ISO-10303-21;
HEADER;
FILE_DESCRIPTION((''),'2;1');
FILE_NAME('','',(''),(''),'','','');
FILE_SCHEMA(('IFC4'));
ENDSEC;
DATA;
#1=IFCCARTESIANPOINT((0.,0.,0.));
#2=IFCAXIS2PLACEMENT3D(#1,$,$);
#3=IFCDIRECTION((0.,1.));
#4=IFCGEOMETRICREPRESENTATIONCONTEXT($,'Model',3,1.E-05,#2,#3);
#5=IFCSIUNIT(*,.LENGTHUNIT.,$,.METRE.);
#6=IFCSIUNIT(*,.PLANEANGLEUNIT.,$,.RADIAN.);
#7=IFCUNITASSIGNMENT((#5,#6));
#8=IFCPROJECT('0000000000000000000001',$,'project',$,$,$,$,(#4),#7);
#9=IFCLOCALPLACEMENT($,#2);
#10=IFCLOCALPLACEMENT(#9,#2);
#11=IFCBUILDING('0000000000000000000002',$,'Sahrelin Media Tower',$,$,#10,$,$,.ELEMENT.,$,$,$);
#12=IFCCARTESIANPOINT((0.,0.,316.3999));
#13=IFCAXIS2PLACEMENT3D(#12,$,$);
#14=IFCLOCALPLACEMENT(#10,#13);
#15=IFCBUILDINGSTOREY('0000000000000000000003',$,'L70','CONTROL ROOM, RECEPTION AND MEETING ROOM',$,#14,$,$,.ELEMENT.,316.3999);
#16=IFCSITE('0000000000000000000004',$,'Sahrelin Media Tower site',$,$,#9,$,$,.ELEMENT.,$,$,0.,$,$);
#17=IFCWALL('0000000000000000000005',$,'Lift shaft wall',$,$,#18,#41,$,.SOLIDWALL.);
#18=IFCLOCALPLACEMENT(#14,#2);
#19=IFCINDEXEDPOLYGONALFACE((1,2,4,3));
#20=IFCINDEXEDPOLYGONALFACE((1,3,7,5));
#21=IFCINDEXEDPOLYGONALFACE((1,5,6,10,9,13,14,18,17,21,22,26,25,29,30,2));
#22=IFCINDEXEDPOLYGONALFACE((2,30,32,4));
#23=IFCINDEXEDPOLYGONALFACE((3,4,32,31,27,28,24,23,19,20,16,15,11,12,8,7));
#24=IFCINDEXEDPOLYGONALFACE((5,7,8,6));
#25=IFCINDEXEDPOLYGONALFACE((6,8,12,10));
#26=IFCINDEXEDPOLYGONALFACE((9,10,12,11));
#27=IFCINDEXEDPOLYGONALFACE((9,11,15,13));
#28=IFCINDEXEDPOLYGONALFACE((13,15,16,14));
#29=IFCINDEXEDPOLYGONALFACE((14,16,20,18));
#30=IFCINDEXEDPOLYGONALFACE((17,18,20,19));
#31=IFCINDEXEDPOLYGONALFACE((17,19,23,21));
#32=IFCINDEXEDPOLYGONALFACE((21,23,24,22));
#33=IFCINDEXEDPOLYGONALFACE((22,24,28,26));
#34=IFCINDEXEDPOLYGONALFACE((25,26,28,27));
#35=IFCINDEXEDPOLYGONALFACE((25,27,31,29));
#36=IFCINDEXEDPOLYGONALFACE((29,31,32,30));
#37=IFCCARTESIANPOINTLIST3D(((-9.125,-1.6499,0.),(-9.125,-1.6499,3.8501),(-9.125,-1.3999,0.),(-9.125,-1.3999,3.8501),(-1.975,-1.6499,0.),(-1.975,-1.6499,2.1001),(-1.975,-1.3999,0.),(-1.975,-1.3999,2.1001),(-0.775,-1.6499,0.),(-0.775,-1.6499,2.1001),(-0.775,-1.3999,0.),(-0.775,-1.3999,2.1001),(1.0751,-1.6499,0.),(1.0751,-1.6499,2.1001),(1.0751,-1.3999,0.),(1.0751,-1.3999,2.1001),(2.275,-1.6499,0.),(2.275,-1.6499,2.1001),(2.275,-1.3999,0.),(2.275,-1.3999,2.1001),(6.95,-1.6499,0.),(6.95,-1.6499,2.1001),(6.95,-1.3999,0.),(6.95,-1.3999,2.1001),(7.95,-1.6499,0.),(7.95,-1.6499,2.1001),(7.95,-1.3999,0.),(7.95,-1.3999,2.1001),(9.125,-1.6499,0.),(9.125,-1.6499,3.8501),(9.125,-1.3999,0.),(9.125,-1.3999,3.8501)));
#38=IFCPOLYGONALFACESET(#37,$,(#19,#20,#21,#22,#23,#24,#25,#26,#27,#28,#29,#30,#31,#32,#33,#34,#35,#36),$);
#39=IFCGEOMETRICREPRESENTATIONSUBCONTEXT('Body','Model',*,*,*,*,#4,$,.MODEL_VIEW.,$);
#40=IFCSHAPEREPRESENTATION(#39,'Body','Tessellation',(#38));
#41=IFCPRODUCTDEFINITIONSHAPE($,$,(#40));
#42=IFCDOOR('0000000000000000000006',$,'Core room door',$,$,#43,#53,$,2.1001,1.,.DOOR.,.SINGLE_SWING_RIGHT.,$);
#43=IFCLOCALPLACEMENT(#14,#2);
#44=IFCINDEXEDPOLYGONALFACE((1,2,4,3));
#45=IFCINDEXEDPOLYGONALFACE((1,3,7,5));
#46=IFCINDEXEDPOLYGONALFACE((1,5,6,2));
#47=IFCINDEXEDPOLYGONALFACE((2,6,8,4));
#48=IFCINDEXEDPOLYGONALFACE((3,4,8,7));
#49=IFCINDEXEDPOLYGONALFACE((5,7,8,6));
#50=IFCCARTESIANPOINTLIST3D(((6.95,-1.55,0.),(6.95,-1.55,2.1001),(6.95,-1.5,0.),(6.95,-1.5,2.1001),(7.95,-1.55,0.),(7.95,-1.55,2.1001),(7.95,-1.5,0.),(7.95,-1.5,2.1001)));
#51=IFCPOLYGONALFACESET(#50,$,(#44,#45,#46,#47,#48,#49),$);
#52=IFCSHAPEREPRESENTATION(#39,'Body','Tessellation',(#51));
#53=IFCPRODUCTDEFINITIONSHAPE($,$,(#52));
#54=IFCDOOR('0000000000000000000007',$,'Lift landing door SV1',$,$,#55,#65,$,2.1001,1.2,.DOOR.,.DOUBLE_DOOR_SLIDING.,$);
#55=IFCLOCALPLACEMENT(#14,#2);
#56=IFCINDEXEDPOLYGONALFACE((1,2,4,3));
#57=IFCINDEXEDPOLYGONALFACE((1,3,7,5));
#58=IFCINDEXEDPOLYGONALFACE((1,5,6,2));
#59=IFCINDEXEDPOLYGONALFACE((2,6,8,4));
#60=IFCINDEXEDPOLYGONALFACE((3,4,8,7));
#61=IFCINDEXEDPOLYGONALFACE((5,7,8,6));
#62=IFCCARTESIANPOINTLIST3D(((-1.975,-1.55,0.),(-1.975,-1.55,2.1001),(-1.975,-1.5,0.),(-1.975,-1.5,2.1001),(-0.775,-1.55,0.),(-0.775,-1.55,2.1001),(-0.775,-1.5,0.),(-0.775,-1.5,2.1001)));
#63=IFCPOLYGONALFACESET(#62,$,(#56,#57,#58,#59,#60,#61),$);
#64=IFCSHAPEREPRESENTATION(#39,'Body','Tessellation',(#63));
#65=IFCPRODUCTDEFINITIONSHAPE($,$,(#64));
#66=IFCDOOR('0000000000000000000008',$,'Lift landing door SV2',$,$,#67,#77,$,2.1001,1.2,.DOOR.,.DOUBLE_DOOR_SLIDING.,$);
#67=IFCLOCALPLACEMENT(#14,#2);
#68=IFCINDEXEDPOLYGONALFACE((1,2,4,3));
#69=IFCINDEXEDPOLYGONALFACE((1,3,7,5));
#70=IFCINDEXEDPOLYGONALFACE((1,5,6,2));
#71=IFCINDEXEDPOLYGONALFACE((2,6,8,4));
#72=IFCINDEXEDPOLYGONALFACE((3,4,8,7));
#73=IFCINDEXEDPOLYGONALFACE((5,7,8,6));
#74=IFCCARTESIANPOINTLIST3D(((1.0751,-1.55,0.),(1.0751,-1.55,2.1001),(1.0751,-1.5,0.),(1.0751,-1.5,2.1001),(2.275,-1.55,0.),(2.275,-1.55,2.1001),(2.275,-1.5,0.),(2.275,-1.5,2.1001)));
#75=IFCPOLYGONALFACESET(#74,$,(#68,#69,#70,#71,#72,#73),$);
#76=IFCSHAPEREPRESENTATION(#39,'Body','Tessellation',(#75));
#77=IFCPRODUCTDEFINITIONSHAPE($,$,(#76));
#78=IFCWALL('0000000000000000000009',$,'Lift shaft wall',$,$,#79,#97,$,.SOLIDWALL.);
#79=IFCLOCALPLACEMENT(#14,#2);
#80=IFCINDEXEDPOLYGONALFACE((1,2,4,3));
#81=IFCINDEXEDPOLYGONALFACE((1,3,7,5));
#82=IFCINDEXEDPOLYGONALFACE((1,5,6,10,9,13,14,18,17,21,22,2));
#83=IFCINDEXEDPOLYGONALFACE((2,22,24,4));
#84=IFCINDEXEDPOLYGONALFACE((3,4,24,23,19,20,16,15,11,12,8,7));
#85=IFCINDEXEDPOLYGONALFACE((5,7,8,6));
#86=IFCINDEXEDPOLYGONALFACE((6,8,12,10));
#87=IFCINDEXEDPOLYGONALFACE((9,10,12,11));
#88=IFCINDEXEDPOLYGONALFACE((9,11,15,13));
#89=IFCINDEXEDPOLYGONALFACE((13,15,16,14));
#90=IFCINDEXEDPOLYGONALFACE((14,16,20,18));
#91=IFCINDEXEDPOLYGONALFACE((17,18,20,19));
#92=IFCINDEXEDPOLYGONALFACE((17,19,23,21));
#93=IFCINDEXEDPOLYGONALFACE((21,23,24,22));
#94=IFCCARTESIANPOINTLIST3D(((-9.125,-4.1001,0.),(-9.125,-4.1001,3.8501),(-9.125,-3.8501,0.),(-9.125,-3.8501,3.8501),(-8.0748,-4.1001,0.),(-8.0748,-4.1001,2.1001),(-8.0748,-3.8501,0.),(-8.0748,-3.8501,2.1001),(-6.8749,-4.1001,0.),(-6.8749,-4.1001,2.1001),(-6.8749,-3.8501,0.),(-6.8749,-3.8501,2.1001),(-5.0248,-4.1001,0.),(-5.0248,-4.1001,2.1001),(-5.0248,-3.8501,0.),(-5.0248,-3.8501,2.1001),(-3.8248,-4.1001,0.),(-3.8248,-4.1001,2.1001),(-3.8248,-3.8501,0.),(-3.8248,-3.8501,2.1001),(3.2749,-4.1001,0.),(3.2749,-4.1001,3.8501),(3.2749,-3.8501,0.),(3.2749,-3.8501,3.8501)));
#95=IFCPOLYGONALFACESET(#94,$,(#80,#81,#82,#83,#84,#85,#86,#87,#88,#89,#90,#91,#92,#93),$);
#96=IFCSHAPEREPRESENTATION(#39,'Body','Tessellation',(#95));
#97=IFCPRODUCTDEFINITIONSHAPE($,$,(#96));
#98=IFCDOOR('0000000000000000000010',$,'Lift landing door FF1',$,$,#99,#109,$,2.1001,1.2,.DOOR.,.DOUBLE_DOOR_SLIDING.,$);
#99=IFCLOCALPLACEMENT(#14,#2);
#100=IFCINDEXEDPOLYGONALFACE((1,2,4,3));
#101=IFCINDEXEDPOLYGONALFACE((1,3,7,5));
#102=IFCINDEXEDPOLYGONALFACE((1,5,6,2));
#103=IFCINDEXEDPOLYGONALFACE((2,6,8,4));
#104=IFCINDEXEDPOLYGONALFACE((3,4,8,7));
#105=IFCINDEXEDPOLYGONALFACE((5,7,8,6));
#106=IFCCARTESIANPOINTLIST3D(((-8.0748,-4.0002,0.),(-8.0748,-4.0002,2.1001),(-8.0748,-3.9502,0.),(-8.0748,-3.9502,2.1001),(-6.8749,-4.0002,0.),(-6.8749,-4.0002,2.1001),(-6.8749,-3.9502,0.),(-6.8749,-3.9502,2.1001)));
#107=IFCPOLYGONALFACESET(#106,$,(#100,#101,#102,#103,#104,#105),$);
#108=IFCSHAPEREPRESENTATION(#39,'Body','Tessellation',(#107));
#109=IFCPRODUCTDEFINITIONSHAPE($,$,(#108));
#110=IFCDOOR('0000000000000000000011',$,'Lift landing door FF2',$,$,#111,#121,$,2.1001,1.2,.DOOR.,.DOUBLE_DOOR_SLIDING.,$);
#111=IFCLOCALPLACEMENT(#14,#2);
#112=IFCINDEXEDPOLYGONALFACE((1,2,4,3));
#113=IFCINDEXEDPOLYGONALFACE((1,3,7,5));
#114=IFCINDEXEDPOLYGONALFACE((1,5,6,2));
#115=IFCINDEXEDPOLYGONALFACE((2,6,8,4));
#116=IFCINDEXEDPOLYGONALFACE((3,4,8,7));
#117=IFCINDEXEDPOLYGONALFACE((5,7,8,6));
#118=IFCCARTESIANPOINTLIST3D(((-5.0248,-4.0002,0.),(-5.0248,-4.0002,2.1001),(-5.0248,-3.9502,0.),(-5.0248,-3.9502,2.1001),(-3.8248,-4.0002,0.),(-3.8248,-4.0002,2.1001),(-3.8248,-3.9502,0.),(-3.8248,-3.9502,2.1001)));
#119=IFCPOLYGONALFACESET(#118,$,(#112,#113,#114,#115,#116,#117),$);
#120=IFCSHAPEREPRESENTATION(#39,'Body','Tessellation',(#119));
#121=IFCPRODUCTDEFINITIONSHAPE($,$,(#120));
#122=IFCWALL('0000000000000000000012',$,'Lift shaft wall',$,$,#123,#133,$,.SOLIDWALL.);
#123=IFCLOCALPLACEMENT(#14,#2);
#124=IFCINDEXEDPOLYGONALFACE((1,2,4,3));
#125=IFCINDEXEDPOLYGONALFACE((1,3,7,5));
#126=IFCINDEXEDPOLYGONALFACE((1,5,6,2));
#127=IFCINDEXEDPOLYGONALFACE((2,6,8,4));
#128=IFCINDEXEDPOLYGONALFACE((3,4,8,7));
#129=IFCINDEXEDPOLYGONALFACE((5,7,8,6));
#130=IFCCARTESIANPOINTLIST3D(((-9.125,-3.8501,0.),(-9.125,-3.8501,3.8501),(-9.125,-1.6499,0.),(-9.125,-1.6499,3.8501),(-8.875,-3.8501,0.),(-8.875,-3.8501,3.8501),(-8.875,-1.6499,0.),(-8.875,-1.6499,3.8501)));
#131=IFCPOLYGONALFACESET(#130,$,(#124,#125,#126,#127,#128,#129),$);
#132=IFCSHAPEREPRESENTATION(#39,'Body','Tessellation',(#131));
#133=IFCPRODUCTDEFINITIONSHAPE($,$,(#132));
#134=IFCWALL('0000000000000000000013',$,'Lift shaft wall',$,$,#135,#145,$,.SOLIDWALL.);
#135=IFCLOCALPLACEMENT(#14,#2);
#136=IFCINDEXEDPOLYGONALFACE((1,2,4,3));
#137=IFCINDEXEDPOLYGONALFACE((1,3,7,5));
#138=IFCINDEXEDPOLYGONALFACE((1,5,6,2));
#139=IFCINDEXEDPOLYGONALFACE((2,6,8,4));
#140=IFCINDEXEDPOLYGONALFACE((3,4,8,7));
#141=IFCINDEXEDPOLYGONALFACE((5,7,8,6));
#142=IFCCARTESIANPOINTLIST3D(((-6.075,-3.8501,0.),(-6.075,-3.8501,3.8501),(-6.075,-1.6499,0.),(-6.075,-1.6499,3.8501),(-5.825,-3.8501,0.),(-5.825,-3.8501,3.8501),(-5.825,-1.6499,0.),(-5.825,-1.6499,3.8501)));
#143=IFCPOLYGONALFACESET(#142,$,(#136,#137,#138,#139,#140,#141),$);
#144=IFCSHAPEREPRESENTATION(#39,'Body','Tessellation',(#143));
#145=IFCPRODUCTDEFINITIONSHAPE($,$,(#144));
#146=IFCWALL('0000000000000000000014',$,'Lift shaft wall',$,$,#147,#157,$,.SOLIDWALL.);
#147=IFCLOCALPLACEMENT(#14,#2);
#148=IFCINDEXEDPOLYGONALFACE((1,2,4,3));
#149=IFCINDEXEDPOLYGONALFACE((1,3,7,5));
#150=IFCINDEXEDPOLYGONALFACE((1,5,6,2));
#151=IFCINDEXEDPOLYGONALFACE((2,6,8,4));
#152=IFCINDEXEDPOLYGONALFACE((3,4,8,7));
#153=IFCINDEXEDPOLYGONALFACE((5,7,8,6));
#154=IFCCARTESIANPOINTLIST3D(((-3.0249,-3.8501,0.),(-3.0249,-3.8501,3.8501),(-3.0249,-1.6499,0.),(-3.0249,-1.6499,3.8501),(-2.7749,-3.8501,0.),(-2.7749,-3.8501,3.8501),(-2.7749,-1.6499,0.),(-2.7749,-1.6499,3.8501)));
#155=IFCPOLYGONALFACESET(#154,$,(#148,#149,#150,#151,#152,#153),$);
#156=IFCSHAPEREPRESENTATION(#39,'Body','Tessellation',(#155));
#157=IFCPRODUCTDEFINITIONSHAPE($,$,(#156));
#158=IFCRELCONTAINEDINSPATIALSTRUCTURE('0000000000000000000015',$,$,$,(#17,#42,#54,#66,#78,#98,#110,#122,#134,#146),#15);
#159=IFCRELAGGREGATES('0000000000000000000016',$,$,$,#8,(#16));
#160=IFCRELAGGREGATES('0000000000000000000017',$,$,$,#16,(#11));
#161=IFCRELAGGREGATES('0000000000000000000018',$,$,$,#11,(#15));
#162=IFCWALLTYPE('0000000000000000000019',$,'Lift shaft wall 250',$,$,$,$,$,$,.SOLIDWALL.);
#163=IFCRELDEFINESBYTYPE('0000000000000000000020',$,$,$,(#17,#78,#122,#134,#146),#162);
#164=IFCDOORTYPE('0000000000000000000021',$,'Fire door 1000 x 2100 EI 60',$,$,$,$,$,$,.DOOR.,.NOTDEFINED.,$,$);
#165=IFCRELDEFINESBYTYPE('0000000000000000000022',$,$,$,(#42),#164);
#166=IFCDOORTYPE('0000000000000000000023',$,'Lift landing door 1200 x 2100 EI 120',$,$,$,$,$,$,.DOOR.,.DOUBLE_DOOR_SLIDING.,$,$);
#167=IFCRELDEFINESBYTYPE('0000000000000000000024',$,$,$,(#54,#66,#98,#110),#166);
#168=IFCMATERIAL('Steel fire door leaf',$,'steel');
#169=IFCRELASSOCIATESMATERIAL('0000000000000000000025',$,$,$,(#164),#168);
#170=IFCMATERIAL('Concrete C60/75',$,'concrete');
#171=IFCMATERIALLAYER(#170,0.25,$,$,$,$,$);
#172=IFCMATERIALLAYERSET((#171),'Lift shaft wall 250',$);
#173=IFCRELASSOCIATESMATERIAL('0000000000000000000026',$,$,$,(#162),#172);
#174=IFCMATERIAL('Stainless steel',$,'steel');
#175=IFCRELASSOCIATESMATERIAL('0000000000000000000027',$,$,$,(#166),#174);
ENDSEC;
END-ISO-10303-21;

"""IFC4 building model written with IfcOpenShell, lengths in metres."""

from ifc_helpers import new_model, si_unit, direction, frame, frame_2d, origin, place, context, subcontext, project, spatial, rectangle, extrude, material, layer, layer_set, type_object, element, fill, save


model = new_model("IFC4")

# Units and contexts
model_context = context("Model", 3, precision=1e-05, world=origin(), true_north=direction((0.0, 1.0)))
body_context = subcontext(model_context, "Body", "Model", "MODEL_VIEW")
ifc_project = project(units=[si_unit("LENGTHUNIT", "METRE"), si_unit("PLANEANGLEUNIT", "RADIAN")], contexts=[model_context])

# Site, building, storey
site_placement = place(None, origin())
site = spatial("IfcSite", under=ifc_project, at=site_placement, Name="Sahrelin Media Tower site", CompositionType="ELEMENT", RefElevation=0.0)
building_placement = place(site_placement, origin())
building = spatial("IfcBuilding", under=site, at=building_placement, Name="Sahrelin Media Tower", CompositionType="ELEMENT")
storey_placement = place(building_placement, frame((0.0, 0.0, 316.3999)))
storey = spatial("IfcBuildingStorey", under=building, at=storey_placement, Name="L70", Description="CONTROL ROOM, RECEPTION AND MEETING ROOM", CompositionType="ELEMENT", Elevation=316.3999)

# Shared definitions
ifc_material_1 = material(Name="Concrete C60/75", Category="concrete")

# Shared definitions
ifc_material_2 = material(Name="Steel fire door leaf", Category="steel")
door_type_1 = type_object("IfcDoorType", Name="Fire door 1000 x 2100 EI 60", OperationType="NOTDEFINED", PredefinedType="DOOR", material=ifc_material_2)

# Walls, openings, doors
ifc_layer_1 = layer(ifc_material_1, 0.25)
ifc_layer_set_1 = layer_set([ifc_layer_1], Name="Lift shaft wall 250")
wall_type_1 = type_object("IfcWallType", Name="Lift shaft wall 250", PredefinedType="SOLIDWALL", material=ifc_layer_set_1)
wall_1_placement = place(storey_placement, frame((-9.125, -1.5249, 0.0), z_axis=(0.0, 0.0, 1.0), x_axis=(1.0, 0.0, 0.0)))
wall_1 = element("IfcWall", 1, at=wall_1_placement, inside=storey, type_object=wall_type_1, Name="Lift shaft wall", PredefinedType="SOLIDWALL", context=body_context, shape_type="SweptSolid", body=[
    extrude(rectangle(XDim=18.25, YDim=0.25, at=frame_2d((9.125, 0.0))), origin(), (0.0, 0.0, 1.0), 3.8501),
])
opening_1_placement = place(wall_1_placement, frame((7.1499, 0.0, 0.0)))
opening_1 = element("IfcOpeningElement", 2, at=opening_1_placement, cuts=wall_1, PredefinedType="OPENING", context=body_context, shape_type="SweptSolid", body=[
    extrude(rectangle(XDim=1.2, YDim=2.1001, at=frame_2d((0.6001, 1.05))), frame((0.0, 0.125, 0.0), z_axis=(0.0, -1.0, 0.0), x_axis=(1.0, 0.0, 0.0)), (0.0, 0.0, 1.0), 0.25),
])
opening_2_placement = place(wall_1_placement, frame((10.2, 0.0, 0.0)))
opening_2 = element("IfcOpeningElement", 3, at=opening_2_placement, cuts=wall_1, PredefinedType="OPENING", context=body_context, shape_type="SweptSolid", body=[
    extrude(rectangle(XDim=1.2, YDim=2.1001, at=frame_2d((0.6001, 1.05))), frame((0.0, 0.125, 0.0), z_axis=(0.0, -1.0, 0.0), x_axis=(1.0, 0.0, 0.0)), (0.0, 0.0, 1.0), 0.25),
])
opening_3_placement = place(wall_1_placement, frame((16.075, 0.0, 0.0)))
opening_3 = element("IfcOpeningElement", 4, at=opening_3_placement, cuts=wall_1, PredefinedType="OPENING", context=body_context, shape_type="SweptSolid", body=[
    extrude(rectangle(XDim=1.0, YDim=2.1001, at=frame_2d((0.5, 1.05))), frame((0.0, 0.125, 0.0), z_axis=(0.0, -1.0, 0.0), x_axis=(1.0, 0.0, 0.0)), (0.0, 0.0, 1.0), 0.25),
])
door_1_placement = place(opening_3_placement, origin())
door_1 = element("IfcDoor", 5, at=door_1_placement, inside=storey, type_object=door_type_1, Name="Core room door", OperationType="SINGLE_SWING_RIGHT", OverallHeight=2.1001, OverallWidth=1.0, PredefinedType="DOOR", context=body_context, shape_type="SweptSolid", body=[
    extrude(rectangle(XDim=1.0, YDim=2.1001, at=frame_2d((0.5, 1.05))), frame((0.0, 0.0249, 0.0), z_axis=(0.0, -1.0, 0.0), x_axis=(1.0, 0.0, 0.0)), (0.0, 0.0, 1.0), 0.05),
])
fill(opening_3, door_1)
ifc_material_3 = material(Name="Stainless steel", Category="steel")
door_type_2 = type_object("IfcDoorType", Name="Lift landing door 1200 x 2100 EI 120", OperationType="DOUBLE_DOOR_SLIDING", PredefinedType="DOOR", material=ifc_material_3)
door_2_placement = place(opening_1_placement, origin())
door_2 = element("IfcDoor", 6, at=door_2_placement, inside=storey, type_object=door_type_2, Name="Lift landing door SV1", OperationType="DOUBLE_DOOR_SLIDING", OverallHeight=2.1001, OverallWidth=1.2, PredefinedType="DOOR", context=body_context, shape_type="SweptSolid", body=[
    extrude(rectangle(XDim=1.2, YDim=2.1001, at=frame_2d((0.6001, 1.05))), frame((0.0, 0.0249, 0.0), z_axis=(0.0, -1.0, 0.0), x_axis=(1.0, 0.0, 0.0)), (0.0, 0.0, 1.0), 0.05),
])
fill(opening_1, door_2)
door_3_placement = place(opening_2_placement, origin())
door_3 = element("IfcDoor", 7, at=door_3_placement, inside=storey, type_object=door_type_2, Name="Lift landing door SV2", OperationType="DOUBLE_DOOR_SLIDING", OverallHeight=2.1001, OverallWidth=1.2, PredefinedType="DOOR", context=body_context, shape_type="SweptSolid", body=[
    extrude(rectangle(XDim=1.2, YDim=2.1001, at=frame_2d((0.6001, 1.05))), frame((0.0, 0.0249, 0.0), z_axis=(0.0, -1.0, 0.0), x_axis=(1.0, 0.0, 0.0)), (0.0, 0.0, 1.0), 0.05),
])
fill(opening_2, door_3)
wall_2_placement = place(storey_placement, frame((-9.125, -3.9751, 0.0), z_axis=(0.0, 0.0, 1.0), x_axis=(1.0, 0.0, 0.0)))
wall_2 = element("IfcWall", 8, at=wall_2_placement, inside=storey, type_object=wall_type_1, Name="Lift shaft wall", PredefinedType="SOLIDWALL", context=body_context, shape_type="SweptSolid", body=[
    extrude(rectangle(XDim=12.3999, YDim=0.25, at=frame_2d((6.2, 0.0))), origin(), (0.0, 0.0, 1.0), 3.8501),
])
opening_4_placement = place(wall_2_placement, frame((1.05, 0.0, 0.0)))
opening_4 = element("IfcOpeningElement", 9, at=opening_4_placement, cuts=wall_2, PredefinedType="OPENING", context=body_context, shape_type="SweptSolid", body=[
    extrude(rectangle(XDim=1.2, YDim=2.1001, at=frame_2d((0.6001, 1.05))), frame((0.0, 0.125, 0.0), z_axis=(0.0, -1.0, 0.0), x_axis=(1.0, 0.0, 0.0)), (0.0, 0.0, 1.0), 0.25),
])
opening_5_placement = place(wall_2_placement, frame((4.1001, 0.0, 0.0)))
opening_5 = element("IfcOpeningElement", 10, at=opening_5_placement, cuts=wall_2, PredefinedType="OPENING", context=body_context, shape_type="SweptSolid", body=[
    extrude(rectangle(XDim=1.2, YDim=2.1001, at=frame_2d((0.6001, 1.05))), frame((0.0, 0.125, 0.0), z_axis=(0.0, -1.0, 0.0), x_axis=(1.0, 0.0, 0.0)), (0.0, 0.0, 1.0), 0.25),
])
door_4_placement = place(opening_4_placement, origin())
door_4 = element("IfcDoor", 11, at=door_4_placement, inside=storey, type_object=door_type_2, Name="Lift landing door FF1", OperationType="DOUBLE_DOOR_SLIDING", OverallHeight=2.1001, OverallWidth=1.2, PredefinedType="DOOR", context=body_context, shape_type="SweptSolid", body=[
    extrude(rectangle(XDim=1.2, YDim=2.1001, at=frame_2d((0.6001, 1.05))), frame((0.0, 0.0249, 0.0), z_axis=(0.0, -1.0, 0.0), x_axis=(1.0, 0.0, 0.0)), (0.0, 0.0, 1.0), 0.05),
])
fill(opening_4, door_4)
door_5_placement = place(opening_5_placement, origin())
door_5 = element("IfcDoor", 12, at=door_5_placement, inside=storey, type_object=door_type_2, Name="Lift landing door FF2", OperationType="DOUBLE_DOOR_SLIDING", OverallHeight=2.1001, OverallWidth=1.2, PredefinedType="DOOR", context=body_context, shape_type="SweptSolid", body=[
    extrude(rectangle(XDim=1.2, YDim=2.1001, at=frame_2d((0.6001, 1.05))), frame((0.0, 0.0249, 0.0), z_axis=(0.0, -1.0, 0.0), x_axis=(1.0, 0.0, 0.0)), (0.0, 0.0, 1.0), 0.05),
])
fill(opening_5, door_5)

# Walls
for number, where, z_axis, x_axis, name in (
    (13, (-9.0, -3.8501, 0.0), (0.0, 0.0, 1.0), (0.0, 1.0, 0.0), "Lift shaft wall"),
    (14, (-5.95, -3.8501, 0.0), (0.0, 0.0, 1.0), (0.0, 1.0, 0.0), "Lift shaft wall"),
    (15, (-2.8999, -3.8501, 0.0), (0.0, 0.0, 1.0), (0.0, 1.0, 0.0), "Lift shaft wall"),
):
    element("IfcWall", number, at=place(storey_placement, frame(where, z_axis=z_axis, x_axis=x_axis)), inside=storey, type_object=wall_type_1, Name=name, PredefinedType="SOLIDWALL", context=body_context, shape_type="SweptSolid", body=[
        extrude(rectangle(XDim=2.2002, YDim=0.25, at=frame_2d((1.1001, 0.0))), origin(), (0.0, 0.0, 1.0), 3.8501),
    ])

save(model, "model.ifc")
